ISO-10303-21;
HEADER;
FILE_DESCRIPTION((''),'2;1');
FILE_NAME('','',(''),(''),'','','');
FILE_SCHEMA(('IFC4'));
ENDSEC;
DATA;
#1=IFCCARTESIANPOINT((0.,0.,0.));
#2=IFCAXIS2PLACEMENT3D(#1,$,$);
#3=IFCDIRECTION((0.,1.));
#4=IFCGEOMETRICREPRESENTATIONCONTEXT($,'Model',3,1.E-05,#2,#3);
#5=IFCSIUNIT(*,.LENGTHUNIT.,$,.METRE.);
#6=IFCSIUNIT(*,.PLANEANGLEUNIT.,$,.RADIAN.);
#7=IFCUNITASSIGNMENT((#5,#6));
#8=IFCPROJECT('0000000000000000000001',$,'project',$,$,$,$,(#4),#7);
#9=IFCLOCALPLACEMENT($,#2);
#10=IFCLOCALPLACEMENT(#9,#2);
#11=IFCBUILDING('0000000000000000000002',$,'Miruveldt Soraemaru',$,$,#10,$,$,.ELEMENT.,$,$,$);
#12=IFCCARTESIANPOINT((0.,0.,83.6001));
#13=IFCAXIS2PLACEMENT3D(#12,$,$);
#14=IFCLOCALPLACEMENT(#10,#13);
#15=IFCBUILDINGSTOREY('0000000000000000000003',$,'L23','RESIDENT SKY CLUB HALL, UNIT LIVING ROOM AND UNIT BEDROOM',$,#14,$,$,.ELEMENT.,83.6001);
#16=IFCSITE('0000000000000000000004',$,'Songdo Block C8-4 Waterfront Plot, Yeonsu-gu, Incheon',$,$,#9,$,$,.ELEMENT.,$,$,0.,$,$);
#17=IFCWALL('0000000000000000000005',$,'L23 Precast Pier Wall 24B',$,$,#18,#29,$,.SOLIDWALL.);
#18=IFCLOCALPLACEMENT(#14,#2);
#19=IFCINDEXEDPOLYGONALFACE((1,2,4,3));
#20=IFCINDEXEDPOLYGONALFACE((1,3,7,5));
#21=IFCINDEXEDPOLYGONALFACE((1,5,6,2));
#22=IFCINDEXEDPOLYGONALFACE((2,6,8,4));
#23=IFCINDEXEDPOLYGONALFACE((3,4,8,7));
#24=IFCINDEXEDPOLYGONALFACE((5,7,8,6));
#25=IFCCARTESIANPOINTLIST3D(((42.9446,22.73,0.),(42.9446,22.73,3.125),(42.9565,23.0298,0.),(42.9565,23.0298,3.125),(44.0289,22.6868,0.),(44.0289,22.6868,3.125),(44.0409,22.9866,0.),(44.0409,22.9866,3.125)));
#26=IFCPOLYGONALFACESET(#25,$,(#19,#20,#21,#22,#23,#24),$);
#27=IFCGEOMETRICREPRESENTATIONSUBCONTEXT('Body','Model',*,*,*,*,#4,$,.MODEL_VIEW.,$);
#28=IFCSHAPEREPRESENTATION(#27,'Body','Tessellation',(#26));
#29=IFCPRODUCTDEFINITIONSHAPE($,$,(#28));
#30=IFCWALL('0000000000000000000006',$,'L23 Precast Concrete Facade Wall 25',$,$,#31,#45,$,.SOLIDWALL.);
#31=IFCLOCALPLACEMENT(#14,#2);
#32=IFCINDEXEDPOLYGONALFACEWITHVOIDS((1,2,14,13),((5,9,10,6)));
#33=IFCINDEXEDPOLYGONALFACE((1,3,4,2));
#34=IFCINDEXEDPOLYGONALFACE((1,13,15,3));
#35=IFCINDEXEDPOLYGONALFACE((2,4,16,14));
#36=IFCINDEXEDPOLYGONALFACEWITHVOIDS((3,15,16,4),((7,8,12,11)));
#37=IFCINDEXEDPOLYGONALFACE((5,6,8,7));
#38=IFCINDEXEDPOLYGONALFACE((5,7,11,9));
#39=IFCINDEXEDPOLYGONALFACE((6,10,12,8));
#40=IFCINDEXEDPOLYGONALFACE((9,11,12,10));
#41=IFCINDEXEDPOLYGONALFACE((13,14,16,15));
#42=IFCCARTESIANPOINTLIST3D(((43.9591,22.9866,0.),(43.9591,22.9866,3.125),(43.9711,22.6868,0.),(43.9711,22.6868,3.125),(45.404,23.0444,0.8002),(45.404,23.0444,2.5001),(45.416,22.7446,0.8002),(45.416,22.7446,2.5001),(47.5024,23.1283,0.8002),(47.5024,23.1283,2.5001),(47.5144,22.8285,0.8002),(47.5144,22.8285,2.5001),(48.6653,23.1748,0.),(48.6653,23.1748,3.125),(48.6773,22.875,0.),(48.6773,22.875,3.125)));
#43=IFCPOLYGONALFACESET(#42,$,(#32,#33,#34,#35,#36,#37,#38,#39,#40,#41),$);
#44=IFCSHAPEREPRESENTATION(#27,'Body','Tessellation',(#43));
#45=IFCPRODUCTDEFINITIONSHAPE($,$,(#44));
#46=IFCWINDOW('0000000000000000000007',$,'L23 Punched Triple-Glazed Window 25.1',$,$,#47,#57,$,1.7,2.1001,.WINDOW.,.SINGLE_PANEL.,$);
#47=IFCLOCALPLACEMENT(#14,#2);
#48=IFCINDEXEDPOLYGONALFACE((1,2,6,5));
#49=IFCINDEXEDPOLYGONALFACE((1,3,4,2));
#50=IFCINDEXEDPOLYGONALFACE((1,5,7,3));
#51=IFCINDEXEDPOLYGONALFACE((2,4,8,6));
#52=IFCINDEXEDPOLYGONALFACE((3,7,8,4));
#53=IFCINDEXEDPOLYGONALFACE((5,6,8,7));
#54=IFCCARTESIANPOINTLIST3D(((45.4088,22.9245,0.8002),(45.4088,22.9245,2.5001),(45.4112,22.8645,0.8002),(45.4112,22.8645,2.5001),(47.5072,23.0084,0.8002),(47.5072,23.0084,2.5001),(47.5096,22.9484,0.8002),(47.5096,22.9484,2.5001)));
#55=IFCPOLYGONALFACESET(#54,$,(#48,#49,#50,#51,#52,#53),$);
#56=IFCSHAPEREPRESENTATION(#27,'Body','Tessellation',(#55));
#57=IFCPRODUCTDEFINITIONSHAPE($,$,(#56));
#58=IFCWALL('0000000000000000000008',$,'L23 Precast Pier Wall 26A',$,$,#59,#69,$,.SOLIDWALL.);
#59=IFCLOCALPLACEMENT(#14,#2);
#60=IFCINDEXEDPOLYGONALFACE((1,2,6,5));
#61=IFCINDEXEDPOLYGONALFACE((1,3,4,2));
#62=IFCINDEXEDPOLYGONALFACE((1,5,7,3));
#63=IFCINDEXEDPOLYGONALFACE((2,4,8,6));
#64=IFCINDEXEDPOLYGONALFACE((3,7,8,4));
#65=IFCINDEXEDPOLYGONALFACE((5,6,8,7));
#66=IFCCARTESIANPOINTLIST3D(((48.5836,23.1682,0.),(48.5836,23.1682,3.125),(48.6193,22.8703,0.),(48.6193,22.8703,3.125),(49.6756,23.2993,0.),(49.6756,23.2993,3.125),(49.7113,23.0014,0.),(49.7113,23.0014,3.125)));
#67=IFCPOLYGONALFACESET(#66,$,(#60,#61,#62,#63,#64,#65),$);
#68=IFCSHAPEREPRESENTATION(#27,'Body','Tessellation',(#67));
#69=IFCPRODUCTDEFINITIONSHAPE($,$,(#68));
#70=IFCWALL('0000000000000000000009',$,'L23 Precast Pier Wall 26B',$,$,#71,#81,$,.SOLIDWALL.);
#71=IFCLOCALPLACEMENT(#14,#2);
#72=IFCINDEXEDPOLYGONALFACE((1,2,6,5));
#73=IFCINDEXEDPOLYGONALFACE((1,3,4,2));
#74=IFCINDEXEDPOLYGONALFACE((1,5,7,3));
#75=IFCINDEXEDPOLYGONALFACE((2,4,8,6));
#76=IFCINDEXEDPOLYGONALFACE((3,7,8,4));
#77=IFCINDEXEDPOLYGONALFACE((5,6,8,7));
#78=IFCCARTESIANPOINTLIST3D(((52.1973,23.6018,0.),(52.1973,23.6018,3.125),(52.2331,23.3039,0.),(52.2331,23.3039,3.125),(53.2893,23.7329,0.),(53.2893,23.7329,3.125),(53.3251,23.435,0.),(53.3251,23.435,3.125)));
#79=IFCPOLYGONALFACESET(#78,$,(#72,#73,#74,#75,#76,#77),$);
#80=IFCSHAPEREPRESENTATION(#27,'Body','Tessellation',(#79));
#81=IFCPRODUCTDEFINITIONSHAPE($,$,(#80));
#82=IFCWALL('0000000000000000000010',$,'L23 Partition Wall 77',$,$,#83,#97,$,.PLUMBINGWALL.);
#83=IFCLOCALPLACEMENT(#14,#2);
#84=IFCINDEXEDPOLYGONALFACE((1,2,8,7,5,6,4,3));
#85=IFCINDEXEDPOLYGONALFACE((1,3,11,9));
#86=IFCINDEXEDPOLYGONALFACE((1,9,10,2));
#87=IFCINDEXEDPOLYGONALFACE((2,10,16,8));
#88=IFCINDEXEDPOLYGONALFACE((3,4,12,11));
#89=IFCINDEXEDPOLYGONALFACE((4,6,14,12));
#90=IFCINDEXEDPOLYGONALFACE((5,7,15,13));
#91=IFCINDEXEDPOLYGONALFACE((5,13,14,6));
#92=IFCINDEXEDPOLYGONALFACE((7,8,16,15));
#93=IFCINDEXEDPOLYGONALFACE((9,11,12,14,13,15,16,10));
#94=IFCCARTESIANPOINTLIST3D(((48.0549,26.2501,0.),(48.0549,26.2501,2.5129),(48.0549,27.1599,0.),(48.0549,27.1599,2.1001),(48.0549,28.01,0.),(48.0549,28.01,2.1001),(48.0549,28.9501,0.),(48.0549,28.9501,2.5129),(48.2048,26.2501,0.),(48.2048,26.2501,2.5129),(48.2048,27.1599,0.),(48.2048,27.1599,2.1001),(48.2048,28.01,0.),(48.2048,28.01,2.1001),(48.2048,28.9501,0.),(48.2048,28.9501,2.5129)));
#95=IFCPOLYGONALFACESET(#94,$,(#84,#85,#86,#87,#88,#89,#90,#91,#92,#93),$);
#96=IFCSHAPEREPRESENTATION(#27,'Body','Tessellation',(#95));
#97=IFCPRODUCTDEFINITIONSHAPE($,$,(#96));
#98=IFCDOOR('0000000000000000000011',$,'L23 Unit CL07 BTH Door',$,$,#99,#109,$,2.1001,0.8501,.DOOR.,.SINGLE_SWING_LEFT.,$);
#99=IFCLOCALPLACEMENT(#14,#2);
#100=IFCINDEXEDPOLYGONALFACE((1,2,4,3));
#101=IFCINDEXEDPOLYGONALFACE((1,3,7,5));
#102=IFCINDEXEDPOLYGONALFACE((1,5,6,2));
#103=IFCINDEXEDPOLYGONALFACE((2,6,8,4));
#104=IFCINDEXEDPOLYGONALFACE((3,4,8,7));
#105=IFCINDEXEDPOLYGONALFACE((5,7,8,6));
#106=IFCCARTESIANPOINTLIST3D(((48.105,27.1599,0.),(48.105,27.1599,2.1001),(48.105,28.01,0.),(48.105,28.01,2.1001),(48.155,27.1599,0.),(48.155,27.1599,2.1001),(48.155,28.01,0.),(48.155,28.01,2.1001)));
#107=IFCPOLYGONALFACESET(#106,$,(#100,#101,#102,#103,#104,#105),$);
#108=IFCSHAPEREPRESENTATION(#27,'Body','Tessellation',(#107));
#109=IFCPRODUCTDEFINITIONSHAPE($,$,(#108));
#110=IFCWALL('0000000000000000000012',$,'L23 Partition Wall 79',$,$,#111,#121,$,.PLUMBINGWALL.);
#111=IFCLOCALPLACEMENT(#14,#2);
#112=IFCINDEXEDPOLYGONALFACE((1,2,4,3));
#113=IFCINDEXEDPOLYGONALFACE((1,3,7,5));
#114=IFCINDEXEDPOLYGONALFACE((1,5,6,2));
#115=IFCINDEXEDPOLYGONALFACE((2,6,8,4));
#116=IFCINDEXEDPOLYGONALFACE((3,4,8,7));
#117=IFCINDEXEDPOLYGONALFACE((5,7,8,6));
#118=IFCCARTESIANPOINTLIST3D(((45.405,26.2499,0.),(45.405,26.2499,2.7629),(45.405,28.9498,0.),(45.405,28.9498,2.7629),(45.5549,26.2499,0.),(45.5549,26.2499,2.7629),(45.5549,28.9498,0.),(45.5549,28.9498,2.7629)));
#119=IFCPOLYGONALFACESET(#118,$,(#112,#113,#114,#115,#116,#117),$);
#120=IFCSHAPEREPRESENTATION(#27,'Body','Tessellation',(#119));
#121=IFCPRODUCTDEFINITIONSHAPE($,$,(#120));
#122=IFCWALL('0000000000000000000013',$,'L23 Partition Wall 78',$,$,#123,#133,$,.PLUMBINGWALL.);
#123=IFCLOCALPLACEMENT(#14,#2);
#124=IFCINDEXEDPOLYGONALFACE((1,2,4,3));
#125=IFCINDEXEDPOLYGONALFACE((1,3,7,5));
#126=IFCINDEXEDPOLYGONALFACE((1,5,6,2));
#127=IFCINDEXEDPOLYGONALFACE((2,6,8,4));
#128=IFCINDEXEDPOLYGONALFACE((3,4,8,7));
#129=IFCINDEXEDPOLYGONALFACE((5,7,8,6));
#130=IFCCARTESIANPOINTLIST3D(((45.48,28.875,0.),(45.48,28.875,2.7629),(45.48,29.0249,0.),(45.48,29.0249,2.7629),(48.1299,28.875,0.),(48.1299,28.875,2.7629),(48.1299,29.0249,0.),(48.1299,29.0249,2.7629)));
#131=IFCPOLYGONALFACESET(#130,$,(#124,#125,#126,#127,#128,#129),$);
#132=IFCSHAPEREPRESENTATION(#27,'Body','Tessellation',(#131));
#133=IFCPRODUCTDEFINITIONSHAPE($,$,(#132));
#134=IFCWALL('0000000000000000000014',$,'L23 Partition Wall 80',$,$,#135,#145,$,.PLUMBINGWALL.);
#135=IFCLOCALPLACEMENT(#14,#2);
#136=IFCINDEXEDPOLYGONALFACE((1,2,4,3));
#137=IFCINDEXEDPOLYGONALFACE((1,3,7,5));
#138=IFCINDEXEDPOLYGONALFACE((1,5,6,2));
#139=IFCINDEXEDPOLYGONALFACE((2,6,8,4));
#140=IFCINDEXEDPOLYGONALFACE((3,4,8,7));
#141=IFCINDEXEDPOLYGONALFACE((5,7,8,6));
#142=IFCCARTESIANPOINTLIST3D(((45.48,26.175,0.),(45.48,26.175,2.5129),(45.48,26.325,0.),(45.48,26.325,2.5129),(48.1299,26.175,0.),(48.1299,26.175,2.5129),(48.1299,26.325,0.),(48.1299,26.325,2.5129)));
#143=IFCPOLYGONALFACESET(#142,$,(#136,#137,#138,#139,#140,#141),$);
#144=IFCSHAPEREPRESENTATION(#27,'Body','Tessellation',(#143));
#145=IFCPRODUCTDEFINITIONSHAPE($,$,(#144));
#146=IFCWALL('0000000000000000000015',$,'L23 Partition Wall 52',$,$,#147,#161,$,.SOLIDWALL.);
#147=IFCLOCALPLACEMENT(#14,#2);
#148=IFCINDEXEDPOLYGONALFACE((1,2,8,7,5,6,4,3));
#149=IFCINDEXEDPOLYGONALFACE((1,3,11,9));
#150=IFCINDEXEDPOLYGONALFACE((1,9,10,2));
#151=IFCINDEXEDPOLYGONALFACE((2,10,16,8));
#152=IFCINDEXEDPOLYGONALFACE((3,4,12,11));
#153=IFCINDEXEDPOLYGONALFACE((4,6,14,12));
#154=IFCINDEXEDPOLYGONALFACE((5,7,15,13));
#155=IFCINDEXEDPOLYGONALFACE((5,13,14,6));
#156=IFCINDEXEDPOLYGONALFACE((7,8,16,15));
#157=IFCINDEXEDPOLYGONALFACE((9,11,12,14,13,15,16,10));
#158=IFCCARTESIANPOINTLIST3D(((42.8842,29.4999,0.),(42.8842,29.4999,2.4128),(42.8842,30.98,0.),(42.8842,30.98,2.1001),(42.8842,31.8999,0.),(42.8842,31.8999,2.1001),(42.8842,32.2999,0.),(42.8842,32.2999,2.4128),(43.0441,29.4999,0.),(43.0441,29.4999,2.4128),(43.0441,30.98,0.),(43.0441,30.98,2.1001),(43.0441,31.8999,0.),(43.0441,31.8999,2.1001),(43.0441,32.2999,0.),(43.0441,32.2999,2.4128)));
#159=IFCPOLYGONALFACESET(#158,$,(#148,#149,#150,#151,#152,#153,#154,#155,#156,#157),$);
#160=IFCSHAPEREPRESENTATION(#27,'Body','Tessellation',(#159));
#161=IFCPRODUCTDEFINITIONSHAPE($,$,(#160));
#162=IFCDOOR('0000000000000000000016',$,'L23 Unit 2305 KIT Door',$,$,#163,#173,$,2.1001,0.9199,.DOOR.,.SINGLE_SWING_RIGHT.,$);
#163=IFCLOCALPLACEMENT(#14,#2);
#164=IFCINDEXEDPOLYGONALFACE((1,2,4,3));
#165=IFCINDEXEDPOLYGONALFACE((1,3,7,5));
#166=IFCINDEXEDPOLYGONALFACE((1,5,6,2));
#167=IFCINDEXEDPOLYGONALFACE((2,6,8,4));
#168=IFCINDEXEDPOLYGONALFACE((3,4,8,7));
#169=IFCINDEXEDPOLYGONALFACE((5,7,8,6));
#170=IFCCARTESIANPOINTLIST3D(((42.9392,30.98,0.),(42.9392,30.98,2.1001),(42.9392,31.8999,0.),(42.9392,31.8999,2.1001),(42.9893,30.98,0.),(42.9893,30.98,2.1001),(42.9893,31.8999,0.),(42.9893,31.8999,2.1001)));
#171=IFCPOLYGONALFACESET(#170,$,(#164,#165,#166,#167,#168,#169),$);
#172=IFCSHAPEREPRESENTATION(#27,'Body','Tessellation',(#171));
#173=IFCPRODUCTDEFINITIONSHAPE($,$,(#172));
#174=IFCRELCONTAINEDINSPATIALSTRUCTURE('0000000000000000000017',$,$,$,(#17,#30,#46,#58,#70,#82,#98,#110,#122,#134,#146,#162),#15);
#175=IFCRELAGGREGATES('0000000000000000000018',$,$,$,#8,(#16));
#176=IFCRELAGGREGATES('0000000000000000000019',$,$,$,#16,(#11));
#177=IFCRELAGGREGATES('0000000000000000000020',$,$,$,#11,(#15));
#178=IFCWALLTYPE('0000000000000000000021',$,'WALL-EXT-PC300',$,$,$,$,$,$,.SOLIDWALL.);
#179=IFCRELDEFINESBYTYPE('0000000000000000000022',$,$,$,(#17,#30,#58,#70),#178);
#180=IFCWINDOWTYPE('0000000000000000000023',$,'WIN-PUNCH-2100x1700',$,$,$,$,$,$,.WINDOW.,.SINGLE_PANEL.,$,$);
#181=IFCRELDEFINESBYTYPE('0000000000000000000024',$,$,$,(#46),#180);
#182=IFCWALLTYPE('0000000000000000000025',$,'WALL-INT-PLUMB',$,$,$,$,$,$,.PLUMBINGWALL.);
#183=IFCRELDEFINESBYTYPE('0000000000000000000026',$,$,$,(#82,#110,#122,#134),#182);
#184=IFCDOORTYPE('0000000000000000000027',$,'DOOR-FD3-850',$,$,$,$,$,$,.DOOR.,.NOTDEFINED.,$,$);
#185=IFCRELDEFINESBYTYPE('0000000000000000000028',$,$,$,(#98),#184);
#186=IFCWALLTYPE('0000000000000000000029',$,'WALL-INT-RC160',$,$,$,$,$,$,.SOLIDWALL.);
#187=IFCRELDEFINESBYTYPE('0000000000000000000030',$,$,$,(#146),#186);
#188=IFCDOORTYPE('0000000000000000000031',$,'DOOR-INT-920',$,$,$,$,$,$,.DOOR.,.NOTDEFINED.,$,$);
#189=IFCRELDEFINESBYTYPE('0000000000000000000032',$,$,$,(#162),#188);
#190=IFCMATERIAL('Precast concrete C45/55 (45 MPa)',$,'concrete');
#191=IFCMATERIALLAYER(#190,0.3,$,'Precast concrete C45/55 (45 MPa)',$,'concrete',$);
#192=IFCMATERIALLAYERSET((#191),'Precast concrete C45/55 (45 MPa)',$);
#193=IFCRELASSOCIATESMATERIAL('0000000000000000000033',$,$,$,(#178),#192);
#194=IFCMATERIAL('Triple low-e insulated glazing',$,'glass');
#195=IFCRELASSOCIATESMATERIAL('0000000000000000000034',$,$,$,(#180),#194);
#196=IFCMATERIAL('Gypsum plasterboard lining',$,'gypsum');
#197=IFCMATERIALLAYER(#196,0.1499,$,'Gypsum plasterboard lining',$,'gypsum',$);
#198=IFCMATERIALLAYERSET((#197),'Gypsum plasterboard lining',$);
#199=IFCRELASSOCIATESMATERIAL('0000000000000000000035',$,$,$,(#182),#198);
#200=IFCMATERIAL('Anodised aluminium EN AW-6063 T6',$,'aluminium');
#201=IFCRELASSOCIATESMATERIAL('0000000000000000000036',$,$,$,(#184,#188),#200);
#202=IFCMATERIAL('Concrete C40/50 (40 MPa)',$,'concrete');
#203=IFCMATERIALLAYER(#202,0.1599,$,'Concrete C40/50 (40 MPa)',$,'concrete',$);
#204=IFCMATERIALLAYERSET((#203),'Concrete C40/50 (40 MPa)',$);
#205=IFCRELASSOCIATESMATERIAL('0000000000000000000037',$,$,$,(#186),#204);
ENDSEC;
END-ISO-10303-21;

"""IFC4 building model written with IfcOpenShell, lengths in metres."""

from ifc_helpers import new_model, si_unit, direction, frame, frame_2d, origin, place, context, subcontext, project, spatial, rectangle, extrude, material, layer, layer_set, type_object, element, fill, save


model = new_model("IFC4")

# Units and contexts
model_context = context("Model", 3, precision=1e-05, world=origin(), true_north=direction((0.0, 1.0)))
body_context = subcontext(model_context, "Body", "Model", "MODEL_VIEW")
ifc_project = project(units=[si_unit("LENGTHUNIT", "METRE"), si_unit("PLANEANGLEUNIT", "RADIAN")], contexts=[model_context])

# Site, building, storey
site_placement = place(None, origin())
site = spatial("IfcSite", under=ifc_project, at=site_placement, Name="Songdo Block C8-4 Waterfront Plot, Yeonsu-gu, Incheon", CompositionType="ELEMENT", RefElevation=0.0)
building_placement = place(site_placement, origin())
building = spatial("IfcBuilding", under=site, at=building_placement, Name="Miruveldt Soraemaru", CompositionType="ELEMENT")
storey_placement = place(building_placement, frame((0.0, 0.0, 83.6001)))
storey = spatial("IfcBuildingStorey", under=building, at=storey_placement, Name="L23", Description="RESIDENT SKY CLUB HALL, UNIT LIVING ROOM AND UNIT BEDROOM", CompositionType="ELEMENT", Elevation=83.6001)

# Shared definitions
ifc_material_1 = material(Name="Triple low-e insulated glazing", Category="glass")

# Wall
ifc_material_2 = material(Name="Precast concrete C45/55 (45 MPa)", Category="concrete")
ifc_layer_1 = layer(ifc_material_2, 0.3, Name="Precast concrete C45/55 (45 MPa)", Category="concrete")
ifc_layer_set_1 = layer_set([ifc_layer_1], Name="Precast concrete C45/55 (45 MPa)")
wall_type_1 = type_object("IfcWallType", Name="WALL-EXT-PC300", PredefinedType="SOLIDWALL", material=ifc_layer_set_1)
wall_1_placement = place(storey_placement, frame((42.9507, 22.8799, 0.0), z_axis=(0.0, 0.0, 1.0), x_axis=(0.999207, -0.039824, 0.0)))
element("IfcWall", 1, at=wall_1_placement, inside=storey, type_object=wall_type_1, Name="L23 Precast Pier Wall 24B", PredefinedType="SOLIDWALL", context=body_context, shape_type="SweptSolid", body=[
    extrude(rectangle(XDim=1.0852, YDim=0.3, at=frame_2d((0.5425, 0.0))), origin(), (0.0, 0.0, 1.0), 3.125),
])

# Wall, opening, window
wall_2_placement = place(storey_placement, frame((43.9651, 22.8367, 0.0), z_axis=(0.0, 0.0, 1.0), x_axis=(0.999201, 0.039964, 0.0)))
wall_2 = element("IfcWall", 2, at=wall_2_placement, inside=storey, type_object=wall_type_1, Name="L23 Precast Concrete Facade Wall 25", PredefinedType="SOLIDWALL", context=body_context, shape_type="SweptSolid", body=[
    extrude(rectangle(XDim=4.71, YDim=0.3, at=frame_2d((2.355, 0.0))), origin(), (0.0, 0.0, 1.0), 3.125),
])
opening_1_placement = place(wall_2_placement, frame((1.446, 0.0, 0.8)))
opening_1 = element("IfcOpeningElement", 3, at=opening_1_placement, cuts=wall_2, PredefinedType="OPENING", context=body_context, shape_type="SweptSolid", body=[
    extrude(rectangle(XDim=2.1001, YDim=1.7, at=frame_2d((1.05, 0.8501))), frame((0.0, 0.1602, 0.0), z_axis=(0.0, -1.0, 0.0), x_axis=(1.0, 0.0, 0.0)), (0.0, 0.0, 1.0), 0.3201),
])
window_type_1 = type_object("IfcWindowType", Name="WIN-PUNCH-2100x1700", PartitioningType="SINGLE_PANEL", PredefinedType="WINDOW", material=ifc_material_1)
window_1_placement = place(opening_1_placement, origin())
window_1 = element("IfcWindow", 4, at=window_1_placement, inside=storey, type_object=window_type_1, Name="L23 Punched Triple-Glazed Window 25.1", OverallHeight=1.7, OverallWidth=2.1001, PartitioningType="SINGLE_PANEL", PredefinedType="WINDOW", context=body_context, shape_type="SweptSolid", body=[
    extrude(rectangle(XDim=2.1001, YDim=1.7, at=frame_2d((1.05, 0.8501))), frame((0.0, 0.03, 0.0), z_axis=(0.0, -1.0, 0.0), x_axis=(1.0, 0.0, 0.0)), (0.0, 0.0, 1.0), 0.0601),
])
fill(opening_1, window_1)

# Walls
for number, where, z_axis, x_axis, name in (
    (5, (48.6016, 23.0193, 0.0), (0.0, 0.0, 1.0), (0.992871, 0.119198, 0.0), "L23 Precast Pier Wall 26A"),
    (6, (52.2153, 23.4529, 0.0), (0.0, 0.0, 1.0), (0.992871, 0.119198, 0.0), "L23 Precast Pier Wall 26B"),
):
    element("IfcWall", number, at=place(storey_placement, frame(where, z_axis=z_axis, x_axis=x_axis)), inside=storey, type_object=wall_type_1, Name=name, PredefinedType="SOLIDWALL", context=body_context, shape_type="SweptSolid", body=[
        extrude(rectangle(XDim=1.0999, YDim=0.3, at=frame_2d((0.5498, 0.0))), origin(), (0.0, 0.0, 1.0), 3.125),
    ])

# Wall, opening, door
ifc_material_3 = material(Name="Gypsum plasterboard lining", Category="gypsum")
ifc_layer_2 = layer(ifc_material_3, 0.1499, Name="Gypsum plasterboard lining", Category="gypsum")
ifc_layer_set_2 = layer_set([ifc_layer_2], Name="Gypsum plasterboard lining")
wall_type_2 = type_object("IfcWallType", Name="WALL-INT-PLUMB", PredefinedType="PLUMBINGWALL", material=ifc_layer_set_2)
wall_3_placement = place(storey_placement, frame((48.1299, 26.25, 0.0), z_axis=(0.0, 0.0, 1.0), x_axis=(0.0, 1.0, 0.0)))
wall_3 = element("IfcWall", 7, at=wall_3_placement, inside=storey, type_object=wall_type_2, Name="L23 Partition Wall 77", PredefinedType="PLUMBINGWALL", context=body_context, shape_type="SweptSolid", body=[
    extrude(rectangle(XDim=2.7, YDim=0.1499, at=frame_2d((1.3501, 0.0))), origin(), (0.0, 0.0, 1.0), 2.5129),
])
opening_2_placement = place(wall_3_placement, frame((0.9099, 0.0, 0.0)))
opening_2 = element("IfcOpeningElement", 8, at=opening_2_placement, cuts=wall_3, PredefinedType="OPENING", context=body_context, shape_type="SweptSolid", body=[
    extrude(rectangle(XDim=0.8501, YDim=2.1001, at=frame_2d((0.425, 1.05))), frame((0.0, 0.085, 0.0), z_axis=(0.0, -1.0, 0.0), x_axis=(1.0, 0.0, 0.0)), (0.0, 0.0, 1.0), 0.1699),
])
ifc_material_4 = material(Name="Anodised aluminium EN AW-6063 T6", Category="aluminium")
door_type_1 = type_object("IfcDoorType", Name="DOOR-FD3-850", OperationType="NOTDEFINED", PredefinedType="DOOR", material=ifc_material_4)
door_1_placement = place(opening_2_placement, origin())
door_1 = element("IfcDoor", 9, at=door_1_placement, inside=storey, type_object=door_type_1, Name="L23 Unit CL07 BTH Door", OperationType="SINGLE_SWING_LEFT", OverallHeight=2.1001, OverallWidth=0.8501, PredefinedType="DOOR", context=body_context, shape_type="SweptSolid", body=[
    extrude(rectangle(XDim=0.8501, YDim=2.1001, at=frame_2d((0.425, 1.05))), frame((0.0, 0.0249, 0.0), z_axis=(0.0, -1.0, 0.0), x_axis=(1.0, 0.0, 0.0)), (0.0, 0.0, 1.0), 0.05),
])
fill(opening_2, door_1)

# Walls
wall_4_placement = place(storey_placement, frame((45.48, 28.95, 0.0), z_axis=(0.0, 0.0, 1.0), x_axis=(0.0, -1.0, 0.0)))
element("IfcWall", 10, at=wall_4_placement, inside=storey, type_object=wall_type_2, Name="L23 Partition Wall 79", PredefinedType="PLUMBINGWALL", context=body_context, shape_type="SweptSolid", body=[
    extrude(rectangle(XDim=2.7, YDim=0.1499, at=frame_2d((1.3501, 0.0))), origin(), (0.0, 0.0, 1.0), 2.7629),
])
wall_5_placement = place(storey_placement, frame((48.1299, 28.95, 0.0), z_axis=(0.0, 0.0, 1.0), x_axis=(-1.0, 0.0, 0.0)))
element("IfcWall", 11, at=wall_5_placement, inside=storey, type_object=wall_type_2, Name="L23 Partition Wall 78", PredefinedType="PLUMBINGWALL", context=body_context, shape_type="SweptSolid", body=[
    extrude(rectangle(XDim=2.6499, YDim=0.1499, at=frame_2d((1.325, 0.0))), origin(), (0.0, 0.0, 1.0), 2.7629),
])
wall_6_placement = place(storey_placement, frame((45.48, 26.25, 0.0), z_axis=(0.0, 0.0, 1.0), x_axis=(1.0, 0.0, 0.0)))
element("IfcWall", 12, at=wall_6_placement, inside=storey, type_object=wall_type_2, Name="L23 Partition Wall 80", PredefinedType="PLUMBINGWALL", context=body_context, shape_type="SweptSolid", body=[
    extrude(rectangle(XDim=2.6499, YDim=0.1499, at=frame_2d((1.325, 0.0))), origin(), (0.0, 0.0, 1.0), 2.5129),
])

# Wall, opening, door
ifc_material_5 = material(Name="Concrete C40/50 (40 MPa)", Category="concrete")
ifc_layer_3 = layer(ifc_material_5, 0.1599, Name="Concrete C40/50 (40 MPa)", Category="concrete")
ifc_layer_set_3 = layer_set([ifc_layer_3], Name="Concrete C40/50 (40 MPa)")
wall_type_3 = type_object("IfcWallType", Name="WALL-INT-RC160", PredefinedType="SOLIDWALL", material=ifc_layer_set_3)
wall_7_placement = place(storey_placement, frame((42.9641, 29.5, 0.0), z_axis=(0.0, 0.0, 1.0), x_axis=(0.0, 1.0, 0.0)))
wall_7 = element("IfcWall", 13, at=wall_7_placement, inside=storey, type_object=wall_type_3, Name="L23 Partition Wall 52", PredefinedType="SOLIDWALL", context=body_context, shape_type="SweptSolid", body=[
    extrude(rectangle(XDim=2.8, YDim=0.1599, at=frame_2d((1.3999, 0.0))), origin(), (0.0, 0.0, 1.0), 2.4128),
])
opening_3_placement = place(wall_7_placement, frame((1.48, 0.0, 0.0)))
opening_3 = element("IfcOpeningElement", 14, at=opening_3_placement, cuts=wall_7, PredefinedType="OPENING", context=body_context, shape_type="SweptSolid", body=[
    extrude(rectangle(XDim=0.9199, YDim=2.1001, at=frame_2d((0.46, 1.05))), frame((0.0, 0.0898, 0.0), z_axis=(0.0, -1.0, 0.0), x_axis=(1.0, 0.0, 0.0)), (0.0, 0.0, 1.0), 0.1799),
])
door_type_2 = type_object("IfcDoorType", Name="DOOR-INT-920", OperationType="NOTDEFINED", PredefinedType="DOOR", material=ifc_material_4)
door_2_placement = place(opening_3_placement, origin())
door_2 = element("IfcDoor", 15, at=door_2_placement, inside=storey, type_object=door_type_2, Name="L23 Unit 2305 KIT Door", OperationType="SINGLE_SWING_RIGHT", OverallHeight=2.1001, OverallWidth=0.9199, PredefinedType="DOOR", context=body_context, shape_type="SweptSolid", body=[
    extrude(rectangle(XDim=0.9199, YDim=2.1001, at=frame_2d((0.46, 1.05))), frame((0.0, 0.0249, 0.0), z_axis=(0.0, -1.0, 0.0), x_axis=(1.0, 0.0, 0.0)), (0.0, 0.0, 1.0), 0.05),
])
fill(opening_3, door_2)

save(model, "model.ifc")
